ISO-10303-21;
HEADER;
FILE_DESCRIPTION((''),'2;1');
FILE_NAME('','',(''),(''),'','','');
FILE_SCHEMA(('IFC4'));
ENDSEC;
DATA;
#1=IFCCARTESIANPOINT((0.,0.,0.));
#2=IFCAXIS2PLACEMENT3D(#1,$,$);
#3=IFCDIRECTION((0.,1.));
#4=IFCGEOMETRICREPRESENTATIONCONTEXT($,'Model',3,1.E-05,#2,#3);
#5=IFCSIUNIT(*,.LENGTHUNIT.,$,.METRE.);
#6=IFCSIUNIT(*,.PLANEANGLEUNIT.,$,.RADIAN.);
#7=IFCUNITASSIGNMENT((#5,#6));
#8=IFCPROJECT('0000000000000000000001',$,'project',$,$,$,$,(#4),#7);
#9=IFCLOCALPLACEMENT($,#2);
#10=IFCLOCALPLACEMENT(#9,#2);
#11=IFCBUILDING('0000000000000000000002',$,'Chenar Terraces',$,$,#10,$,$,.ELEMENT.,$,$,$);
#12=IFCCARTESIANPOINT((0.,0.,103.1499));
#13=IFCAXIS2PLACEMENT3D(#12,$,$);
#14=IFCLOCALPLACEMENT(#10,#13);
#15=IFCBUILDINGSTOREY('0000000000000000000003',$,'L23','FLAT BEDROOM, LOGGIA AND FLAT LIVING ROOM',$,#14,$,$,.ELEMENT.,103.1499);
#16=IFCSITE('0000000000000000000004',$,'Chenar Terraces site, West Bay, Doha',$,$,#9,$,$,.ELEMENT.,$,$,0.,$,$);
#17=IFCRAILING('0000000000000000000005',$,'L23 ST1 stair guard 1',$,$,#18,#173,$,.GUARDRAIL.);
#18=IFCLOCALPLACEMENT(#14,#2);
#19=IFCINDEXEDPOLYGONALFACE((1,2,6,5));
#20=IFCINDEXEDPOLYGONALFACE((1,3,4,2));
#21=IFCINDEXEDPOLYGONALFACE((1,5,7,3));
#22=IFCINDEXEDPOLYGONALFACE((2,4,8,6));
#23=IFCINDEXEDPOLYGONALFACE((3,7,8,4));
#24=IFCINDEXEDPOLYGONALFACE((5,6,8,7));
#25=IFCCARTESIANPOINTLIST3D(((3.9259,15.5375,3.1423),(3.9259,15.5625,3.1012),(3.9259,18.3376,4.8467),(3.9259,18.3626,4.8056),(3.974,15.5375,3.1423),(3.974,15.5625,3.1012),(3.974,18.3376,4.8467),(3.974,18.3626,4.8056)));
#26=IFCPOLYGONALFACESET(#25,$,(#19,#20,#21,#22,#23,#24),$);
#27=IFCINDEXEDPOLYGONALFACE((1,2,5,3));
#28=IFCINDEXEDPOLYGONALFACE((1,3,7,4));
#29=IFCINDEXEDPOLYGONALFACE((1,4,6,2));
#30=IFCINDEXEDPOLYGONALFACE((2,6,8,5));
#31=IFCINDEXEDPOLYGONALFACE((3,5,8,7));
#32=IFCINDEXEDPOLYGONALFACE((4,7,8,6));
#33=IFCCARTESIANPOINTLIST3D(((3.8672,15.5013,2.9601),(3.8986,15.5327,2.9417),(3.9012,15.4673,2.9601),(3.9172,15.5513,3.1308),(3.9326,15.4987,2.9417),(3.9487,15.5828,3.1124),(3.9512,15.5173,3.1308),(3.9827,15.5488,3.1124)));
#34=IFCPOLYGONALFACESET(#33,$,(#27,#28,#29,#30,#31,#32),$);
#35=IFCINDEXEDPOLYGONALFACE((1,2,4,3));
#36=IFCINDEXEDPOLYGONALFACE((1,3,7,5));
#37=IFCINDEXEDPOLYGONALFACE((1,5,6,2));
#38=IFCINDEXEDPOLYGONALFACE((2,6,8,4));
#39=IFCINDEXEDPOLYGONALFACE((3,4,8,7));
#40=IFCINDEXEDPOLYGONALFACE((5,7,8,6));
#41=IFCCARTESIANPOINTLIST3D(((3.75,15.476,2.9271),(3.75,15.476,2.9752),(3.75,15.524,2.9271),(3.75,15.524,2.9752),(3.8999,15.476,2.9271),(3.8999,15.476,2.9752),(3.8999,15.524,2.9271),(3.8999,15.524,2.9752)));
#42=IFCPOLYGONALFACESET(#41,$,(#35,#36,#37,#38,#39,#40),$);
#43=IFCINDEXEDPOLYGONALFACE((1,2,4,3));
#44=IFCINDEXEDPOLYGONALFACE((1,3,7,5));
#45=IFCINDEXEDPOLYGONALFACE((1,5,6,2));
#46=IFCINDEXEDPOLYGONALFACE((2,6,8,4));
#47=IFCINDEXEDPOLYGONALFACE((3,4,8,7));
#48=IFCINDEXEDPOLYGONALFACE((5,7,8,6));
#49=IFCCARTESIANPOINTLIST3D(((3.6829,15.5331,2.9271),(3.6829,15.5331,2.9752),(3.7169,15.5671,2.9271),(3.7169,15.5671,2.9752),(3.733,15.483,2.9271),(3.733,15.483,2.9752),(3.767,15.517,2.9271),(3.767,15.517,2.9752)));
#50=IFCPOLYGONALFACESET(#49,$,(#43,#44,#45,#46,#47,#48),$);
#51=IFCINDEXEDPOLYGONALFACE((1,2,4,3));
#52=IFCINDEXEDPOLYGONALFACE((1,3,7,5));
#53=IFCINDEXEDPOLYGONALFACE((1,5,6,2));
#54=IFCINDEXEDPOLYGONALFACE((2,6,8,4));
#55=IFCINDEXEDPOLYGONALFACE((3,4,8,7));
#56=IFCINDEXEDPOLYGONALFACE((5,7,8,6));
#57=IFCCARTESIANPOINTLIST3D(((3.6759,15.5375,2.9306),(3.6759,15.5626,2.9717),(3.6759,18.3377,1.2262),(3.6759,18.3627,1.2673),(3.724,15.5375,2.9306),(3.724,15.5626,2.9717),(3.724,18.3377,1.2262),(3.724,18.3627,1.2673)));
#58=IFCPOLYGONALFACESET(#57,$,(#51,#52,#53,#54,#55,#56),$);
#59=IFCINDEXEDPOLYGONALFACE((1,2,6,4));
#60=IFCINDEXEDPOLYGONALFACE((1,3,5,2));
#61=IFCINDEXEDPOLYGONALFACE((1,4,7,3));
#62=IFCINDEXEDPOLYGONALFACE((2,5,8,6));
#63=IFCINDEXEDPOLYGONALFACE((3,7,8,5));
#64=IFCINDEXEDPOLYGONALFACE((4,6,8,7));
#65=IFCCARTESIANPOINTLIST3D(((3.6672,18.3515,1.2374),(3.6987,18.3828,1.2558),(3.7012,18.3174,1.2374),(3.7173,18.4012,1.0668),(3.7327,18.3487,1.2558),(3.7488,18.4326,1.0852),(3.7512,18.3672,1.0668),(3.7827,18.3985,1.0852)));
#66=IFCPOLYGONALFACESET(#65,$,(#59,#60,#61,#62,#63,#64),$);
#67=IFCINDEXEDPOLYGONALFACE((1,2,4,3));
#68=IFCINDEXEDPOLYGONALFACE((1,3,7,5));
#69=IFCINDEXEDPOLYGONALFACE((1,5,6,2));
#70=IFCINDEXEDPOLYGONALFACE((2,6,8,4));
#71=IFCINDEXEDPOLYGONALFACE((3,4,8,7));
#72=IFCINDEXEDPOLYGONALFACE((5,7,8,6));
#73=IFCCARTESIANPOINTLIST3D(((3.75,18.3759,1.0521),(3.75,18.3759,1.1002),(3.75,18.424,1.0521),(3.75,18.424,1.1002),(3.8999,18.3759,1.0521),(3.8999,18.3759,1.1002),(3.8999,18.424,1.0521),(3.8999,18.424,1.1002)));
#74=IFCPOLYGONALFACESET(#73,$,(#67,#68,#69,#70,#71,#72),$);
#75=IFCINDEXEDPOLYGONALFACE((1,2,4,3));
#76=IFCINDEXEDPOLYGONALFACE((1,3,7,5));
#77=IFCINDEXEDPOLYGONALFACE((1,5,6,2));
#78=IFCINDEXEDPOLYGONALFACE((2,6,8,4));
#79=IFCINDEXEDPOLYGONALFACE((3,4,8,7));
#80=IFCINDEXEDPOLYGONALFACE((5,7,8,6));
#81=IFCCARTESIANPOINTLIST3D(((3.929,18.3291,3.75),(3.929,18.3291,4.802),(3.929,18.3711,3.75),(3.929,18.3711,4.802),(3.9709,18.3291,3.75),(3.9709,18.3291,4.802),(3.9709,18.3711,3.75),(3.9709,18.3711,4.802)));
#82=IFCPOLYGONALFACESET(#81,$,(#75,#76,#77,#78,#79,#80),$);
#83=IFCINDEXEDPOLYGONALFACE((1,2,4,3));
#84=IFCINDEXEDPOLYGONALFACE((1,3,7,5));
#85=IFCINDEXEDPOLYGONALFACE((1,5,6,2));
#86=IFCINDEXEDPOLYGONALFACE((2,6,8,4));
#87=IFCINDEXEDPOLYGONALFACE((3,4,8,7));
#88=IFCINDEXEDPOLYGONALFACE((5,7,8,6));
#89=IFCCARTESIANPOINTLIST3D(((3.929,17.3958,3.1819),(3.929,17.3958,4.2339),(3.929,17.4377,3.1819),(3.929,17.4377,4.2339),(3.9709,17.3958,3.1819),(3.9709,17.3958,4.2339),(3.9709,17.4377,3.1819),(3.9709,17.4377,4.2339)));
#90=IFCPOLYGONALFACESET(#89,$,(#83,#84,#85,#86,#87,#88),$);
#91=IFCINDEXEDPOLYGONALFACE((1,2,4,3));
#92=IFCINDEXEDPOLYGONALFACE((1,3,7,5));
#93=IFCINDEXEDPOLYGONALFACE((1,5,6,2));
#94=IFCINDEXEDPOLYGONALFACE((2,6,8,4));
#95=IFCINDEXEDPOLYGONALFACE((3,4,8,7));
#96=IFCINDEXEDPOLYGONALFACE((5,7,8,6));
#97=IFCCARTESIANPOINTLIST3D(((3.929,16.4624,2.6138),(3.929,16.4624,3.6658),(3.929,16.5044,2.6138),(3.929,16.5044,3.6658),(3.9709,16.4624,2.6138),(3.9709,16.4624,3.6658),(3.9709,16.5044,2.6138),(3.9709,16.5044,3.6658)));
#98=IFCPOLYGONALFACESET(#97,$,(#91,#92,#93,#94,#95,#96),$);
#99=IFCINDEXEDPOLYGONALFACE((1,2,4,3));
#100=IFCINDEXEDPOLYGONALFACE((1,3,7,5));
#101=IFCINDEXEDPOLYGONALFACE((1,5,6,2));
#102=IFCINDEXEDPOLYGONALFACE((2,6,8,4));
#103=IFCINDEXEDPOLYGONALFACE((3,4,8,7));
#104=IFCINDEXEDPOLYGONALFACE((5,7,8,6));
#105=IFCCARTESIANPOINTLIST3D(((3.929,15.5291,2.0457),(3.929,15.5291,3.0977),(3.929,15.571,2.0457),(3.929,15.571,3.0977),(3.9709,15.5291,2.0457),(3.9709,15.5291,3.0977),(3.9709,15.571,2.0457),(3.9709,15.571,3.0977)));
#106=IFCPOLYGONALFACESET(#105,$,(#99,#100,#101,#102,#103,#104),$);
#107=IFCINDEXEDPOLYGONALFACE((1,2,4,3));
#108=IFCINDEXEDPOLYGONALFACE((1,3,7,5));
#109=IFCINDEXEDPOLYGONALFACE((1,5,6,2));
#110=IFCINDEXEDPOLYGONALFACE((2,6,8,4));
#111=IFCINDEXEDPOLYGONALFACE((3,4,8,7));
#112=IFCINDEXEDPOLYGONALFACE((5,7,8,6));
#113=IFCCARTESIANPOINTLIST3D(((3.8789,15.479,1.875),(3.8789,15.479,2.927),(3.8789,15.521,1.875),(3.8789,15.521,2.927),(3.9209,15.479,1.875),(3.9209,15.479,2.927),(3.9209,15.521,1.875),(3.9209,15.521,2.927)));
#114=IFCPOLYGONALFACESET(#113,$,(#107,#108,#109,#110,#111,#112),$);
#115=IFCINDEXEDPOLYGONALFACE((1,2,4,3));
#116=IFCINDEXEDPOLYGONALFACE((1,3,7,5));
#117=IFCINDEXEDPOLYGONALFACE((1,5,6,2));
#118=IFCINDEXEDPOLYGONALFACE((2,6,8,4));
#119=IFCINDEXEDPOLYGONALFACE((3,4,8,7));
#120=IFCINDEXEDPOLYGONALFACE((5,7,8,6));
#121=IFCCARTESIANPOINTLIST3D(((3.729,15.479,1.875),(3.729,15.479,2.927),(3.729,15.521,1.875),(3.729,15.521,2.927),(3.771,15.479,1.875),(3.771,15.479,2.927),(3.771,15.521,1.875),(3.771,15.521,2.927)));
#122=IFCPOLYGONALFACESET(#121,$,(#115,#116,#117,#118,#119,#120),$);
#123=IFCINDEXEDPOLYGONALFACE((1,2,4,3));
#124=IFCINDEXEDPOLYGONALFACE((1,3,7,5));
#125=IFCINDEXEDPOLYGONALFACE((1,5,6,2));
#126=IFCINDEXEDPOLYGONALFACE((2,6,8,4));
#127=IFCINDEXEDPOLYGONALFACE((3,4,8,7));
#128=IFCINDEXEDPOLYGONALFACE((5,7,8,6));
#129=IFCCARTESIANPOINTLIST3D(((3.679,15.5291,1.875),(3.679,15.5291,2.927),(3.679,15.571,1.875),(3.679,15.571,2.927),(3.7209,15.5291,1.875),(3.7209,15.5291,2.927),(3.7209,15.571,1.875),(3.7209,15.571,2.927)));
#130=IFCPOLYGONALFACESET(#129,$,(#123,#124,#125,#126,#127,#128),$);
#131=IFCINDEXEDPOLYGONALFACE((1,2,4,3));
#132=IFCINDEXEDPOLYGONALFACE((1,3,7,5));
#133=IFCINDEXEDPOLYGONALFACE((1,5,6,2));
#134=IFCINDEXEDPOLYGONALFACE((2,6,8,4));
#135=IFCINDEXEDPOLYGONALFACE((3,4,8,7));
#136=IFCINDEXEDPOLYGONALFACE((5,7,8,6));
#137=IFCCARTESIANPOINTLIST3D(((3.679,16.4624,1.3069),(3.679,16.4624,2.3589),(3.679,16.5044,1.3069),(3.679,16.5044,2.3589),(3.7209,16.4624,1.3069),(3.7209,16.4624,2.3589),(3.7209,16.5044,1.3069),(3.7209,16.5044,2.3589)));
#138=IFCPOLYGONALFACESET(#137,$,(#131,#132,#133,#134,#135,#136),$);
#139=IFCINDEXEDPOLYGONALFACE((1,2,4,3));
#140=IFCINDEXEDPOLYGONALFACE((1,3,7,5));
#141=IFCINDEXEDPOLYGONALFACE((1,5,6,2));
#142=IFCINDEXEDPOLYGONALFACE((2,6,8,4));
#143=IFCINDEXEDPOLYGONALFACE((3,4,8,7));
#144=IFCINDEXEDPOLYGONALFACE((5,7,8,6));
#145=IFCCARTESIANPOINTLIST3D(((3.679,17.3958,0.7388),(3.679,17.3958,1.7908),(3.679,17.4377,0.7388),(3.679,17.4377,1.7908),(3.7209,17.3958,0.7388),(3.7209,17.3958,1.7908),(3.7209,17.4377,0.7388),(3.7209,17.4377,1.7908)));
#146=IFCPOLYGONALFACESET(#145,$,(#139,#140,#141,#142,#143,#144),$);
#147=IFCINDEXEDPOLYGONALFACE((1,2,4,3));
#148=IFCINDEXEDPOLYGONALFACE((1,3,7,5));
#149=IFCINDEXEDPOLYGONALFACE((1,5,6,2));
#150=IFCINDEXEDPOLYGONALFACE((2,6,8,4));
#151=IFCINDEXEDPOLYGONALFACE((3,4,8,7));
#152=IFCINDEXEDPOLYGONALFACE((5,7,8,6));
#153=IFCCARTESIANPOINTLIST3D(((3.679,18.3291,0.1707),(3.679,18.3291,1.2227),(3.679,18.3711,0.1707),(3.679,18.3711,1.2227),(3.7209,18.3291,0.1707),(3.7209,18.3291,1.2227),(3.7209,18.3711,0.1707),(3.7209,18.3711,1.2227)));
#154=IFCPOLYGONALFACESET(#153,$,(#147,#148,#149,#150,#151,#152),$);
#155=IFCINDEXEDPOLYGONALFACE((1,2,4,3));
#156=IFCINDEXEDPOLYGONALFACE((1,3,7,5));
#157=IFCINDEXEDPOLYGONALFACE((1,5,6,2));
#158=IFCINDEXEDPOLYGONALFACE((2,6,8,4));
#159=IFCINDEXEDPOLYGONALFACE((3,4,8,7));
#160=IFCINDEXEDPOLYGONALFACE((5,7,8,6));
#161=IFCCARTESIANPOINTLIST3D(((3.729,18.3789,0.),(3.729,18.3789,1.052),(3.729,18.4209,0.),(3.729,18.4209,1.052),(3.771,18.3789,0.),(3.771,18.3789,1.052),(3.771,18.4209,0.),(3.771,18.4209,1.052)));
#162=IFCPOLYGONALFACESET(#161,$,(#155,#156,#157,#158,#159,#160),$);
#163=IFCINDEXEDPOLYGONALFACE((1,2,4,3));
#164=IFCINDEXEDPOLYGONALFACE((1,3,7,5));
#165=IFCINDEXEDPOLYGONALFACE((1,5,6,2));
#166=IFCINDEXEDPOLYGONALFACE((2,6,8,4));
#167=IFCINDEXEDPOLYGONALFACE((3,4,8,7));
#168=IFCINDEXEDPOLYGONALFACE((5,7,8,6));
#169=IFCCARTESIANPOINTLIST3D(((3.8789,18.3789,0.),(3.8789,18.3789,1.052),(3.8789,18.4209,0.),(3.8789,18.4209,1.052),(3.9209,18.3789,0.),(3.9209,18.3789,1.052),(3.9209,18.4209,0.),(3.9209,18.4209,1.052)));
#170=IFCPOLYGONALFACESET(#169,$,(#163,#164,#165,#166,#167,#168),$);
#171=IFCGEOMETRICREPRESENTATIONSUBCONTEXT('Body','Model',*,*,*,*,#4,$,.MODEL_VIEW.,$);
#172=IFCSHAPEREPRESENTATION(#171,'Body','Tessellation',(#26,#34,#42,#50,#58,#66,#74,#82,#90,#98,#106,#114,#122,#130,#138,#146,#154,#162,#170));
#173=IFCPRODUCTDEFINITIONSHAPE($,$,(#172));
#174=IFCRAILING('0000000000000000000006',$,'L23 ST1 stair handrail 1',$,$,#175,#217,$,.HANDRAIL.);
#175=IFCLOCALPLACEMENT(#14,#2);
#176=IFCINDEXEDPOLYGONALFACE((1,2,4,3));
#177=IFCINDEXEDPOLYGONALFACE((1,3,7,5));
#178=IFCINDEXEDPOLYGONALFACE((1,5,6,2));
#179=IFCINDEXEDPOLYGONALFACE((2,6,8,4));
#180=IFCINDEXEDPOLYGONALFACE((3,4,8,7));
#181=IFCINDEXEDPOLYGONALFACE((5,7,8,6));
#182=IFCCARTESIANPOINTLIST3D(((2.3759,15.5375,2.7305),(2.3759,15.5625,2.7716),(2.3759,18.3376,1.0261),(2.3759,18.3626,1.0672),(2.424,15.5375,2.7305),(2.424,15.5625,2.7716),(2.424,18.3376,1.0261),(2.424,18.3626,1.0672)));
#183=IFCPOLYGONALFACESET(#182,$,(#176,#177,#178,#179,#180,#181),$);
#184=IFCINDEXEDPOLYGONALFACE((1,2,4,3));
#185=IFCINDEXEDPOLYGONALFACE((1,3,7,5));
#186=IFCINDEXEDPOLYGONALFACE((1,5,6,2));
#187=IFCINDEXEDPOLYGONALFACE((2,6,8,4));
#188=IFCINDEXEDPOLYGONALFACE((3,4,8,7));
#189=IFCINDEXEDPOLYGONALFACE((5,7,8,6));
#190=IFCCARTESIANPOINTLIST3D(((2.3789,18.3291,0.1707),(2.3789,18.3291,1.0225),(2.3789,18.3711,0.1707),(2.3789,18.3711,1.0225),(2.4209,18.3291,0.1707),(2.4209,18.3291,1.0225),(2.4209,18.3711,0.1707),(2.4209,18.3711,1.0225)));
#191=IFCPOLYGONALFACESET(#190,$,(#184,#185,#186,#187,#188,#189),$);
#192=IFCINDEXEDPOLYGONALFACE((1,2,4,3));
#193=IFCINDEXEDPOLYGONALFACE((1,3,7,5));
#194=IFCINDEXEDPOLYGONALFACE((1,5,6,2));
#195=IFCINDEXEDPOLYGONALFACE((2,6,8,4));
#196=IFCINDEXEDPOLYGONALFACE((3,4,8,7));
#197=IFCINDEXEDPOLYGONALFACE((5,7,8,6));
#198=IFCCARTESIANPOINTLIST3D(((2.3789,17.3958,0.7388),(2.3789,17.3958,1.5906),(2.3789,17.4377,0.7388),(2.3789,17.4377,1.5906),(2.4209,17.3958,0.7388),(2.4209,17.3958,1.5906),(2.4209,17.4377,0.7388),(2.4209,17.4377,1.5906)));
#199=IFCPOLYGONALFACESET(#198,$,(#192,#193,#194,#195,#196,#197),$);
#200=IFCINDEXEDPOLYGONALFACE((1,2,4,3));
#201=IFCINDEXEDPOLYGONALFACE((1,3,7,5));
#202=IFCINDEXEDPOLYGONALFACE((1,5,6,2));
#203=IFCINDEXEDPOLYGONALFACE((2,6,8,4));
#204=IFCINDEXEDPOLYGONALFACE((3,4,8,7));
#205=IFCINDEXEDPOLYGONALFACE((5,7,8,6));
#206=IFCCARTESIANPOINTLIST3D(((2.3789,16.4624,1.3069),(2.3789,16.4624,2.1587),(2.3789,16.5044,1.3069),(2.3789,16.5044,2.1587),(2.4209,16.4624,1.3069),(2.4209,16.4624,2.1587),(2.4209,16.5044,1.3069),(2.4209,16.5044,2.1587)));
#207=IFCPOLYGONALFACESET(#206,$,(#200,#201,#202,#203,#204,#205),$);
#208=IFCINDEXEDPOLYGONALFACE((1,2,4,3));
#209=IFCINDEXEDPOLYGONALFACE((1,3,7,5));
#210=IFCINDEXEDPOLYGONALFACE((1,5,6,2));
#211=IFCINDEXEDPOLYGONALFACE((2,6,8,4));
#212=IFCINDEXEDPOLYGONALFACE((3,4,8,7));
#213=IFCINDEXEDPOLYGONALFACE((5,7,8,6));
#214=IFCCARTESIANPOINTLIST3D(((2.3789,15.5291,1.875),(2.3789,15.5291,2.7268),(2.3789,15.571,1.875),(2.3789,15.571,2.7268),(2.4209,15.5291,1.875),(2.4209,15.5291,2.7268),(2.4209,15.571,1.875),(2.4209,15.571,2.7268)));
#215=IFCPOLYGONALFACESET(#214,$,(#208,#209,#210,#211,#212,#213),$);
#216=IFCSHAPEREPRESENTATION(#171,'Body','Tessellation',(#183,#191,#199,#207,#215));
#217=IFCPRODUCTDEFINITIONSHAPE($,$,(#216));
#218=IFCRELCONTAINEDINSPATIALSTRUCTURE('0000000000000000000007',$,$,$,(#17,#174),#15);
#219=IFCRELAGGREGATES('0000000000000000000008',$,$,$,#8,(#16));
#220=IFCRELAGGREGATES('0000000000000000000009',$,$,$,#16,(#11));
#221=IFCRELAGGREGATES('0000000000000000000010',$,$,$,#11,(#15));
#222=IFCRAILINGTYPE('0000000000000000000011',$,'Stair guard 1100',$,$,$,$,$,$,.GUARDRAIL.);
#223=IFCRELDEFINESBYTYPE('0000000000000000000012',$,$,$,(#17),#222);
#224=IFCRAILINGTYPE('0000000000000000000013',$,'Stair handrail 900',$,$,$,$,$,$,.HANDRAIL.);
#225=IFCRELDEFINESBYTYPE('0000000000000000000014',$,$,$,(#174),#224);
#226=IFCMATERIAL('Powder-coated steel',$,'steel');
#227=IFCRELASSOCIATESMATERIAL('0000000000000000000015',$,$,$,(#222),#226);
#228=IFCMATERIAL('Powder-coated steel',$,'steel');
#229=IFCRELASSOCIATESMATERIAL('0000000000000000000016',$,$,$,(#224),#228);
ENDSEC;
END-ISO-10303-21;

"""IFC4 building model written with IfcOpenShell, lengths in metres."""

from ifc_helpers import new_model, si_unit, direction, frame, origin, origin_2d, place, context, subcontext, project, spatial, rectangle, extrude, material, type_object, element, save


model = new_model("IFC4")

# Units and contexts
model_context = context("Model", 3, precision=1e-05, world=origin(), true_north=direction((0.0, 1.0)))
body_context = subcontext(model_context, "Body", "Model", "MODEL_VIEW")
ifc_project = project(units=[si_unit("LENGTHUNIT", "METRE"), si_unit("PLANEANGLEUNIT", "RADIAN")], contexts=[model_context])

# Site, building, storey
site_placement = place(None, origin())
site = spatial("IfcSite", under=ifc_project, at=site_placement, Name="Chenar Terraces site, West Bay, Doha", CompositionType="ELEMENT", RefElevation=0.0)
building_placement = place(site_placement, origin())
building = spatial("IfcBuilding", under=site, at=building_placement, Name="Chenar Terraces", CompositionType="ELEMENT")
storey_placement = place(building_placement, frame((0.0, 0.0, 103.1499)))
storey = spatial("IfcBuildingStorey", under=building, at=storey_placement, Name="L23", Description="FLAT BEDROOM, LOGGIA AND FLAT LIVING ROOM", CompositionType="ELEMENT", Elevation=103.1499)

# Railings
ifc_material_1 = material(Name="Powder-coated steel", Category="steel")
railing_type_1 = type_object("IfcRailingType", Name="Stair guard 1100", PredefinedType="GUARDRAIL", material=ifc_material_1)
railing_1_placement = place(storey_placement, frame((3.95, 18.3501, 3.75)))
element("IfcRailing", 1, at=railing_1_placement, inside=storey, type_object=railing_type_1, Name="L23 ST1 stair guard 1", PredefinedType="GUARDRAIL", context=body_context, shape_type="SweptSolid", body=[
    extrude(rectangle(XDim=0.0481, YDim=0.0481, at=origin_2d()), frame((0.0, 0.0, 1.0762), z_axis=(0.0, -0.854203, -0.51994), x_axis=(1.0, 0.0, 0.0)), (0.0, 0.0, 1.0), 3.2781),
    extrude(rectangle(XDim=0.0481, YDim=0.0481, at=origin_2d()), frame((0.0, -2.8, -0.6284), z_axis=(-0.2709, -0.2709, -0.923703), x_axis=(0.707107, -0.707107, 0.0)), (0.0, 0.0, 1.0), 0.1848),
    extrude(rectangle(XDim=0.0481, YDim=0.0481, at=origin_2d()), frame((-0.05, -2.8501, -0.7988), z_axis=(-1.0, 0.0, 0.0), x_axis=(0.0, -1.0, 0.0)), (0.0, 0.0, 1.0), 0.1499),
    extrude(rectangle(XDim=0.0481, YDim=0.0481, at=origin_2d()), frame((-0.2, -2.8501, -0.7988), z_axis=(-0.707107, 0.707107, 0.0), x_axis=(-0.707107, -0.707107, 0.0)), (0.0, 0.0, 1.0), 0.0708),
    extrude(rectangle(XDim=0.0481, YDim=0.0481, at=origin_2d()), frame((-0.25, -2.8, -0.7988), z_axis=(0.0, 0.854203, -0.51994), x_axis=(-1.0, 0.0, 0.0)), (0.0, 0.0, 1.0), 3.2781),
    extrude(rectangle(XDim=0.0481, YDim=0.0481, at=origin_2d()), frame((-0.25, 0.0, -2.5034), z_axis=(0.270997, 0.269675, -0.924033), x_axis=(-0.705376, 0.708834, 0.0)), (0.0, 0.0, 1.0), 0.1846),
    extrude(rectangle(XDim=0.0481, YDim=0.0481, at=origin_2d()), frame((-0.2, 0.0498, -2.6738), z_axis=(1.0, 0.0, 0.0), x_axis=(0.0, 1.0, 0.0)), (0.0, 0.0, 1.0), 0.1499),
    extrude(rectangle(XDim=0.042, YDim=0.042, at=origin_2d()), origin(), (0.0, 0.0, 1.0), 1.052),
    extrude(rectangle(XDim=0.042, YDim=0.042, at=origin_2d()), frame((0.0, -0.9333, -0.5681)), (0.0, 0.0, 1.0), 1.052),
    extrude(rectangle(XDim=0.042, YDim=0.042, at=origin_2d()), frame((0.0, -1.8667, -1.1362)), (0.0, 0.0, 1.0), 1.052),
    extrude(rectangle(XDim=0.042, YDim=0.042, at=origin_2d()), frame((0.0, -2.8, -1.7043)), (0.0, 0.0, 1.0), 1.052),
    extrude(rectangle(XDim=0.042, YDim=0.042, at=origin_2d()), frame((-0.05, -2.8501, -1.875)), (0.0, 0.0, 1.0), 1.052),
    extrude(rectangle(XDim=0.042, YDim=0.042, at=origin_2d()), frame((-0.2, -2.8501, -1.875)), (0.0, 0.0, 1.0), 1.052),
    extrude(rectangle(XDim=0.042, YDim=0.042, at=origin_2d()), frame((-0.25, -2.8, -1.875)), (0.0, 0.0, 1.0), 1.052),
    extrude(rectangle(XDim=0.042, YDim=0.042, at=origin_2d()), frame((-0.25, -1.8667, -2.4431)), (0.0, 0.0, 1.0), 1.052),
    extrude(rectangle(XDim=0.042, YDim=0.042, at=origin_2d()), frame((-0.25, -0.9333, -3.0112)), (0.0, 0.0, 1.0), 1.052),
    extrude(rectangle(XDim=0.042, YDim=0.042, at=origin_2d()), frame((-0.25, 0.0, -3.5793)), (0.0, 0.0, 1.0), 1.052),
    extrude(rectangle(XDim=0.042, YDim=0.042, at=origin_2d()), frame((-0.2, 0.0498, -3.75)), (0.0, 0.0, 1.0), 1.052),
    extrude(rectangle(XDim=0.042, YDim=0.042, at=origin_2d()), frame((-0.05, 0.0498, -3.75)), (0.0, 0.0, 1.0), 1.052),
])
ifc_material_2 = material(Name="Powder-coated steel", Category="steel")
railing_type_2 = type_object("IfcRailingType", Name="Stair handrail 900", PredefinedType="HANDRAIL", material=ifc_material_2)
railing_2_placement = place(storey_placement, frame((2.3999, 18.3501, 0.1707)))
element("IfcRailing", 2, at=railing_2_placement, inside=storey, type_object=railing_type_2, Name="L23 ST1 stair handrail 1", PredefinedType="HANDRAIL", context=body_context, shape_type="SweptSolid", body=[
    extrude(rectangle(XDim=0.0481, YDim=0.0481, at=origin_2d()), frame((0.0, 0.0, 0.876), z_axis=(0.0, -0.854203, 0.51994), x_axis=(1.0, 0.0, 0.0)), (0.0, 0.0, 1.0), 3.2781),
    extrude(rectangle(XDim=0.042, YDim=0.042, at=origin_2d()), origin(), (0.0, 0.0, 1.0), 0.8518),
    extrude(rectangle(XDim=0.042, YDim=0.042, at=origin_2d()), frame((0.0, -0.9333, 0.5681)), (0.0, 0.0, 1.0), 0.8518),
    extrude(rectangle(XDim=0.042, YDim=0.042, at=origin_2d()), frame((0.0, -1.8667, 1.1362)), (0.0, 0.0, 1.0), 0.8518),
    extrude(rectangle(XDim=0.042, YDim=0.042, at=origin_2d()), frame((0.0, -2.8, 1.7043)), (0.0, 0.0, 1.0), 0.8518),
])

save(model, "model.ifc")
